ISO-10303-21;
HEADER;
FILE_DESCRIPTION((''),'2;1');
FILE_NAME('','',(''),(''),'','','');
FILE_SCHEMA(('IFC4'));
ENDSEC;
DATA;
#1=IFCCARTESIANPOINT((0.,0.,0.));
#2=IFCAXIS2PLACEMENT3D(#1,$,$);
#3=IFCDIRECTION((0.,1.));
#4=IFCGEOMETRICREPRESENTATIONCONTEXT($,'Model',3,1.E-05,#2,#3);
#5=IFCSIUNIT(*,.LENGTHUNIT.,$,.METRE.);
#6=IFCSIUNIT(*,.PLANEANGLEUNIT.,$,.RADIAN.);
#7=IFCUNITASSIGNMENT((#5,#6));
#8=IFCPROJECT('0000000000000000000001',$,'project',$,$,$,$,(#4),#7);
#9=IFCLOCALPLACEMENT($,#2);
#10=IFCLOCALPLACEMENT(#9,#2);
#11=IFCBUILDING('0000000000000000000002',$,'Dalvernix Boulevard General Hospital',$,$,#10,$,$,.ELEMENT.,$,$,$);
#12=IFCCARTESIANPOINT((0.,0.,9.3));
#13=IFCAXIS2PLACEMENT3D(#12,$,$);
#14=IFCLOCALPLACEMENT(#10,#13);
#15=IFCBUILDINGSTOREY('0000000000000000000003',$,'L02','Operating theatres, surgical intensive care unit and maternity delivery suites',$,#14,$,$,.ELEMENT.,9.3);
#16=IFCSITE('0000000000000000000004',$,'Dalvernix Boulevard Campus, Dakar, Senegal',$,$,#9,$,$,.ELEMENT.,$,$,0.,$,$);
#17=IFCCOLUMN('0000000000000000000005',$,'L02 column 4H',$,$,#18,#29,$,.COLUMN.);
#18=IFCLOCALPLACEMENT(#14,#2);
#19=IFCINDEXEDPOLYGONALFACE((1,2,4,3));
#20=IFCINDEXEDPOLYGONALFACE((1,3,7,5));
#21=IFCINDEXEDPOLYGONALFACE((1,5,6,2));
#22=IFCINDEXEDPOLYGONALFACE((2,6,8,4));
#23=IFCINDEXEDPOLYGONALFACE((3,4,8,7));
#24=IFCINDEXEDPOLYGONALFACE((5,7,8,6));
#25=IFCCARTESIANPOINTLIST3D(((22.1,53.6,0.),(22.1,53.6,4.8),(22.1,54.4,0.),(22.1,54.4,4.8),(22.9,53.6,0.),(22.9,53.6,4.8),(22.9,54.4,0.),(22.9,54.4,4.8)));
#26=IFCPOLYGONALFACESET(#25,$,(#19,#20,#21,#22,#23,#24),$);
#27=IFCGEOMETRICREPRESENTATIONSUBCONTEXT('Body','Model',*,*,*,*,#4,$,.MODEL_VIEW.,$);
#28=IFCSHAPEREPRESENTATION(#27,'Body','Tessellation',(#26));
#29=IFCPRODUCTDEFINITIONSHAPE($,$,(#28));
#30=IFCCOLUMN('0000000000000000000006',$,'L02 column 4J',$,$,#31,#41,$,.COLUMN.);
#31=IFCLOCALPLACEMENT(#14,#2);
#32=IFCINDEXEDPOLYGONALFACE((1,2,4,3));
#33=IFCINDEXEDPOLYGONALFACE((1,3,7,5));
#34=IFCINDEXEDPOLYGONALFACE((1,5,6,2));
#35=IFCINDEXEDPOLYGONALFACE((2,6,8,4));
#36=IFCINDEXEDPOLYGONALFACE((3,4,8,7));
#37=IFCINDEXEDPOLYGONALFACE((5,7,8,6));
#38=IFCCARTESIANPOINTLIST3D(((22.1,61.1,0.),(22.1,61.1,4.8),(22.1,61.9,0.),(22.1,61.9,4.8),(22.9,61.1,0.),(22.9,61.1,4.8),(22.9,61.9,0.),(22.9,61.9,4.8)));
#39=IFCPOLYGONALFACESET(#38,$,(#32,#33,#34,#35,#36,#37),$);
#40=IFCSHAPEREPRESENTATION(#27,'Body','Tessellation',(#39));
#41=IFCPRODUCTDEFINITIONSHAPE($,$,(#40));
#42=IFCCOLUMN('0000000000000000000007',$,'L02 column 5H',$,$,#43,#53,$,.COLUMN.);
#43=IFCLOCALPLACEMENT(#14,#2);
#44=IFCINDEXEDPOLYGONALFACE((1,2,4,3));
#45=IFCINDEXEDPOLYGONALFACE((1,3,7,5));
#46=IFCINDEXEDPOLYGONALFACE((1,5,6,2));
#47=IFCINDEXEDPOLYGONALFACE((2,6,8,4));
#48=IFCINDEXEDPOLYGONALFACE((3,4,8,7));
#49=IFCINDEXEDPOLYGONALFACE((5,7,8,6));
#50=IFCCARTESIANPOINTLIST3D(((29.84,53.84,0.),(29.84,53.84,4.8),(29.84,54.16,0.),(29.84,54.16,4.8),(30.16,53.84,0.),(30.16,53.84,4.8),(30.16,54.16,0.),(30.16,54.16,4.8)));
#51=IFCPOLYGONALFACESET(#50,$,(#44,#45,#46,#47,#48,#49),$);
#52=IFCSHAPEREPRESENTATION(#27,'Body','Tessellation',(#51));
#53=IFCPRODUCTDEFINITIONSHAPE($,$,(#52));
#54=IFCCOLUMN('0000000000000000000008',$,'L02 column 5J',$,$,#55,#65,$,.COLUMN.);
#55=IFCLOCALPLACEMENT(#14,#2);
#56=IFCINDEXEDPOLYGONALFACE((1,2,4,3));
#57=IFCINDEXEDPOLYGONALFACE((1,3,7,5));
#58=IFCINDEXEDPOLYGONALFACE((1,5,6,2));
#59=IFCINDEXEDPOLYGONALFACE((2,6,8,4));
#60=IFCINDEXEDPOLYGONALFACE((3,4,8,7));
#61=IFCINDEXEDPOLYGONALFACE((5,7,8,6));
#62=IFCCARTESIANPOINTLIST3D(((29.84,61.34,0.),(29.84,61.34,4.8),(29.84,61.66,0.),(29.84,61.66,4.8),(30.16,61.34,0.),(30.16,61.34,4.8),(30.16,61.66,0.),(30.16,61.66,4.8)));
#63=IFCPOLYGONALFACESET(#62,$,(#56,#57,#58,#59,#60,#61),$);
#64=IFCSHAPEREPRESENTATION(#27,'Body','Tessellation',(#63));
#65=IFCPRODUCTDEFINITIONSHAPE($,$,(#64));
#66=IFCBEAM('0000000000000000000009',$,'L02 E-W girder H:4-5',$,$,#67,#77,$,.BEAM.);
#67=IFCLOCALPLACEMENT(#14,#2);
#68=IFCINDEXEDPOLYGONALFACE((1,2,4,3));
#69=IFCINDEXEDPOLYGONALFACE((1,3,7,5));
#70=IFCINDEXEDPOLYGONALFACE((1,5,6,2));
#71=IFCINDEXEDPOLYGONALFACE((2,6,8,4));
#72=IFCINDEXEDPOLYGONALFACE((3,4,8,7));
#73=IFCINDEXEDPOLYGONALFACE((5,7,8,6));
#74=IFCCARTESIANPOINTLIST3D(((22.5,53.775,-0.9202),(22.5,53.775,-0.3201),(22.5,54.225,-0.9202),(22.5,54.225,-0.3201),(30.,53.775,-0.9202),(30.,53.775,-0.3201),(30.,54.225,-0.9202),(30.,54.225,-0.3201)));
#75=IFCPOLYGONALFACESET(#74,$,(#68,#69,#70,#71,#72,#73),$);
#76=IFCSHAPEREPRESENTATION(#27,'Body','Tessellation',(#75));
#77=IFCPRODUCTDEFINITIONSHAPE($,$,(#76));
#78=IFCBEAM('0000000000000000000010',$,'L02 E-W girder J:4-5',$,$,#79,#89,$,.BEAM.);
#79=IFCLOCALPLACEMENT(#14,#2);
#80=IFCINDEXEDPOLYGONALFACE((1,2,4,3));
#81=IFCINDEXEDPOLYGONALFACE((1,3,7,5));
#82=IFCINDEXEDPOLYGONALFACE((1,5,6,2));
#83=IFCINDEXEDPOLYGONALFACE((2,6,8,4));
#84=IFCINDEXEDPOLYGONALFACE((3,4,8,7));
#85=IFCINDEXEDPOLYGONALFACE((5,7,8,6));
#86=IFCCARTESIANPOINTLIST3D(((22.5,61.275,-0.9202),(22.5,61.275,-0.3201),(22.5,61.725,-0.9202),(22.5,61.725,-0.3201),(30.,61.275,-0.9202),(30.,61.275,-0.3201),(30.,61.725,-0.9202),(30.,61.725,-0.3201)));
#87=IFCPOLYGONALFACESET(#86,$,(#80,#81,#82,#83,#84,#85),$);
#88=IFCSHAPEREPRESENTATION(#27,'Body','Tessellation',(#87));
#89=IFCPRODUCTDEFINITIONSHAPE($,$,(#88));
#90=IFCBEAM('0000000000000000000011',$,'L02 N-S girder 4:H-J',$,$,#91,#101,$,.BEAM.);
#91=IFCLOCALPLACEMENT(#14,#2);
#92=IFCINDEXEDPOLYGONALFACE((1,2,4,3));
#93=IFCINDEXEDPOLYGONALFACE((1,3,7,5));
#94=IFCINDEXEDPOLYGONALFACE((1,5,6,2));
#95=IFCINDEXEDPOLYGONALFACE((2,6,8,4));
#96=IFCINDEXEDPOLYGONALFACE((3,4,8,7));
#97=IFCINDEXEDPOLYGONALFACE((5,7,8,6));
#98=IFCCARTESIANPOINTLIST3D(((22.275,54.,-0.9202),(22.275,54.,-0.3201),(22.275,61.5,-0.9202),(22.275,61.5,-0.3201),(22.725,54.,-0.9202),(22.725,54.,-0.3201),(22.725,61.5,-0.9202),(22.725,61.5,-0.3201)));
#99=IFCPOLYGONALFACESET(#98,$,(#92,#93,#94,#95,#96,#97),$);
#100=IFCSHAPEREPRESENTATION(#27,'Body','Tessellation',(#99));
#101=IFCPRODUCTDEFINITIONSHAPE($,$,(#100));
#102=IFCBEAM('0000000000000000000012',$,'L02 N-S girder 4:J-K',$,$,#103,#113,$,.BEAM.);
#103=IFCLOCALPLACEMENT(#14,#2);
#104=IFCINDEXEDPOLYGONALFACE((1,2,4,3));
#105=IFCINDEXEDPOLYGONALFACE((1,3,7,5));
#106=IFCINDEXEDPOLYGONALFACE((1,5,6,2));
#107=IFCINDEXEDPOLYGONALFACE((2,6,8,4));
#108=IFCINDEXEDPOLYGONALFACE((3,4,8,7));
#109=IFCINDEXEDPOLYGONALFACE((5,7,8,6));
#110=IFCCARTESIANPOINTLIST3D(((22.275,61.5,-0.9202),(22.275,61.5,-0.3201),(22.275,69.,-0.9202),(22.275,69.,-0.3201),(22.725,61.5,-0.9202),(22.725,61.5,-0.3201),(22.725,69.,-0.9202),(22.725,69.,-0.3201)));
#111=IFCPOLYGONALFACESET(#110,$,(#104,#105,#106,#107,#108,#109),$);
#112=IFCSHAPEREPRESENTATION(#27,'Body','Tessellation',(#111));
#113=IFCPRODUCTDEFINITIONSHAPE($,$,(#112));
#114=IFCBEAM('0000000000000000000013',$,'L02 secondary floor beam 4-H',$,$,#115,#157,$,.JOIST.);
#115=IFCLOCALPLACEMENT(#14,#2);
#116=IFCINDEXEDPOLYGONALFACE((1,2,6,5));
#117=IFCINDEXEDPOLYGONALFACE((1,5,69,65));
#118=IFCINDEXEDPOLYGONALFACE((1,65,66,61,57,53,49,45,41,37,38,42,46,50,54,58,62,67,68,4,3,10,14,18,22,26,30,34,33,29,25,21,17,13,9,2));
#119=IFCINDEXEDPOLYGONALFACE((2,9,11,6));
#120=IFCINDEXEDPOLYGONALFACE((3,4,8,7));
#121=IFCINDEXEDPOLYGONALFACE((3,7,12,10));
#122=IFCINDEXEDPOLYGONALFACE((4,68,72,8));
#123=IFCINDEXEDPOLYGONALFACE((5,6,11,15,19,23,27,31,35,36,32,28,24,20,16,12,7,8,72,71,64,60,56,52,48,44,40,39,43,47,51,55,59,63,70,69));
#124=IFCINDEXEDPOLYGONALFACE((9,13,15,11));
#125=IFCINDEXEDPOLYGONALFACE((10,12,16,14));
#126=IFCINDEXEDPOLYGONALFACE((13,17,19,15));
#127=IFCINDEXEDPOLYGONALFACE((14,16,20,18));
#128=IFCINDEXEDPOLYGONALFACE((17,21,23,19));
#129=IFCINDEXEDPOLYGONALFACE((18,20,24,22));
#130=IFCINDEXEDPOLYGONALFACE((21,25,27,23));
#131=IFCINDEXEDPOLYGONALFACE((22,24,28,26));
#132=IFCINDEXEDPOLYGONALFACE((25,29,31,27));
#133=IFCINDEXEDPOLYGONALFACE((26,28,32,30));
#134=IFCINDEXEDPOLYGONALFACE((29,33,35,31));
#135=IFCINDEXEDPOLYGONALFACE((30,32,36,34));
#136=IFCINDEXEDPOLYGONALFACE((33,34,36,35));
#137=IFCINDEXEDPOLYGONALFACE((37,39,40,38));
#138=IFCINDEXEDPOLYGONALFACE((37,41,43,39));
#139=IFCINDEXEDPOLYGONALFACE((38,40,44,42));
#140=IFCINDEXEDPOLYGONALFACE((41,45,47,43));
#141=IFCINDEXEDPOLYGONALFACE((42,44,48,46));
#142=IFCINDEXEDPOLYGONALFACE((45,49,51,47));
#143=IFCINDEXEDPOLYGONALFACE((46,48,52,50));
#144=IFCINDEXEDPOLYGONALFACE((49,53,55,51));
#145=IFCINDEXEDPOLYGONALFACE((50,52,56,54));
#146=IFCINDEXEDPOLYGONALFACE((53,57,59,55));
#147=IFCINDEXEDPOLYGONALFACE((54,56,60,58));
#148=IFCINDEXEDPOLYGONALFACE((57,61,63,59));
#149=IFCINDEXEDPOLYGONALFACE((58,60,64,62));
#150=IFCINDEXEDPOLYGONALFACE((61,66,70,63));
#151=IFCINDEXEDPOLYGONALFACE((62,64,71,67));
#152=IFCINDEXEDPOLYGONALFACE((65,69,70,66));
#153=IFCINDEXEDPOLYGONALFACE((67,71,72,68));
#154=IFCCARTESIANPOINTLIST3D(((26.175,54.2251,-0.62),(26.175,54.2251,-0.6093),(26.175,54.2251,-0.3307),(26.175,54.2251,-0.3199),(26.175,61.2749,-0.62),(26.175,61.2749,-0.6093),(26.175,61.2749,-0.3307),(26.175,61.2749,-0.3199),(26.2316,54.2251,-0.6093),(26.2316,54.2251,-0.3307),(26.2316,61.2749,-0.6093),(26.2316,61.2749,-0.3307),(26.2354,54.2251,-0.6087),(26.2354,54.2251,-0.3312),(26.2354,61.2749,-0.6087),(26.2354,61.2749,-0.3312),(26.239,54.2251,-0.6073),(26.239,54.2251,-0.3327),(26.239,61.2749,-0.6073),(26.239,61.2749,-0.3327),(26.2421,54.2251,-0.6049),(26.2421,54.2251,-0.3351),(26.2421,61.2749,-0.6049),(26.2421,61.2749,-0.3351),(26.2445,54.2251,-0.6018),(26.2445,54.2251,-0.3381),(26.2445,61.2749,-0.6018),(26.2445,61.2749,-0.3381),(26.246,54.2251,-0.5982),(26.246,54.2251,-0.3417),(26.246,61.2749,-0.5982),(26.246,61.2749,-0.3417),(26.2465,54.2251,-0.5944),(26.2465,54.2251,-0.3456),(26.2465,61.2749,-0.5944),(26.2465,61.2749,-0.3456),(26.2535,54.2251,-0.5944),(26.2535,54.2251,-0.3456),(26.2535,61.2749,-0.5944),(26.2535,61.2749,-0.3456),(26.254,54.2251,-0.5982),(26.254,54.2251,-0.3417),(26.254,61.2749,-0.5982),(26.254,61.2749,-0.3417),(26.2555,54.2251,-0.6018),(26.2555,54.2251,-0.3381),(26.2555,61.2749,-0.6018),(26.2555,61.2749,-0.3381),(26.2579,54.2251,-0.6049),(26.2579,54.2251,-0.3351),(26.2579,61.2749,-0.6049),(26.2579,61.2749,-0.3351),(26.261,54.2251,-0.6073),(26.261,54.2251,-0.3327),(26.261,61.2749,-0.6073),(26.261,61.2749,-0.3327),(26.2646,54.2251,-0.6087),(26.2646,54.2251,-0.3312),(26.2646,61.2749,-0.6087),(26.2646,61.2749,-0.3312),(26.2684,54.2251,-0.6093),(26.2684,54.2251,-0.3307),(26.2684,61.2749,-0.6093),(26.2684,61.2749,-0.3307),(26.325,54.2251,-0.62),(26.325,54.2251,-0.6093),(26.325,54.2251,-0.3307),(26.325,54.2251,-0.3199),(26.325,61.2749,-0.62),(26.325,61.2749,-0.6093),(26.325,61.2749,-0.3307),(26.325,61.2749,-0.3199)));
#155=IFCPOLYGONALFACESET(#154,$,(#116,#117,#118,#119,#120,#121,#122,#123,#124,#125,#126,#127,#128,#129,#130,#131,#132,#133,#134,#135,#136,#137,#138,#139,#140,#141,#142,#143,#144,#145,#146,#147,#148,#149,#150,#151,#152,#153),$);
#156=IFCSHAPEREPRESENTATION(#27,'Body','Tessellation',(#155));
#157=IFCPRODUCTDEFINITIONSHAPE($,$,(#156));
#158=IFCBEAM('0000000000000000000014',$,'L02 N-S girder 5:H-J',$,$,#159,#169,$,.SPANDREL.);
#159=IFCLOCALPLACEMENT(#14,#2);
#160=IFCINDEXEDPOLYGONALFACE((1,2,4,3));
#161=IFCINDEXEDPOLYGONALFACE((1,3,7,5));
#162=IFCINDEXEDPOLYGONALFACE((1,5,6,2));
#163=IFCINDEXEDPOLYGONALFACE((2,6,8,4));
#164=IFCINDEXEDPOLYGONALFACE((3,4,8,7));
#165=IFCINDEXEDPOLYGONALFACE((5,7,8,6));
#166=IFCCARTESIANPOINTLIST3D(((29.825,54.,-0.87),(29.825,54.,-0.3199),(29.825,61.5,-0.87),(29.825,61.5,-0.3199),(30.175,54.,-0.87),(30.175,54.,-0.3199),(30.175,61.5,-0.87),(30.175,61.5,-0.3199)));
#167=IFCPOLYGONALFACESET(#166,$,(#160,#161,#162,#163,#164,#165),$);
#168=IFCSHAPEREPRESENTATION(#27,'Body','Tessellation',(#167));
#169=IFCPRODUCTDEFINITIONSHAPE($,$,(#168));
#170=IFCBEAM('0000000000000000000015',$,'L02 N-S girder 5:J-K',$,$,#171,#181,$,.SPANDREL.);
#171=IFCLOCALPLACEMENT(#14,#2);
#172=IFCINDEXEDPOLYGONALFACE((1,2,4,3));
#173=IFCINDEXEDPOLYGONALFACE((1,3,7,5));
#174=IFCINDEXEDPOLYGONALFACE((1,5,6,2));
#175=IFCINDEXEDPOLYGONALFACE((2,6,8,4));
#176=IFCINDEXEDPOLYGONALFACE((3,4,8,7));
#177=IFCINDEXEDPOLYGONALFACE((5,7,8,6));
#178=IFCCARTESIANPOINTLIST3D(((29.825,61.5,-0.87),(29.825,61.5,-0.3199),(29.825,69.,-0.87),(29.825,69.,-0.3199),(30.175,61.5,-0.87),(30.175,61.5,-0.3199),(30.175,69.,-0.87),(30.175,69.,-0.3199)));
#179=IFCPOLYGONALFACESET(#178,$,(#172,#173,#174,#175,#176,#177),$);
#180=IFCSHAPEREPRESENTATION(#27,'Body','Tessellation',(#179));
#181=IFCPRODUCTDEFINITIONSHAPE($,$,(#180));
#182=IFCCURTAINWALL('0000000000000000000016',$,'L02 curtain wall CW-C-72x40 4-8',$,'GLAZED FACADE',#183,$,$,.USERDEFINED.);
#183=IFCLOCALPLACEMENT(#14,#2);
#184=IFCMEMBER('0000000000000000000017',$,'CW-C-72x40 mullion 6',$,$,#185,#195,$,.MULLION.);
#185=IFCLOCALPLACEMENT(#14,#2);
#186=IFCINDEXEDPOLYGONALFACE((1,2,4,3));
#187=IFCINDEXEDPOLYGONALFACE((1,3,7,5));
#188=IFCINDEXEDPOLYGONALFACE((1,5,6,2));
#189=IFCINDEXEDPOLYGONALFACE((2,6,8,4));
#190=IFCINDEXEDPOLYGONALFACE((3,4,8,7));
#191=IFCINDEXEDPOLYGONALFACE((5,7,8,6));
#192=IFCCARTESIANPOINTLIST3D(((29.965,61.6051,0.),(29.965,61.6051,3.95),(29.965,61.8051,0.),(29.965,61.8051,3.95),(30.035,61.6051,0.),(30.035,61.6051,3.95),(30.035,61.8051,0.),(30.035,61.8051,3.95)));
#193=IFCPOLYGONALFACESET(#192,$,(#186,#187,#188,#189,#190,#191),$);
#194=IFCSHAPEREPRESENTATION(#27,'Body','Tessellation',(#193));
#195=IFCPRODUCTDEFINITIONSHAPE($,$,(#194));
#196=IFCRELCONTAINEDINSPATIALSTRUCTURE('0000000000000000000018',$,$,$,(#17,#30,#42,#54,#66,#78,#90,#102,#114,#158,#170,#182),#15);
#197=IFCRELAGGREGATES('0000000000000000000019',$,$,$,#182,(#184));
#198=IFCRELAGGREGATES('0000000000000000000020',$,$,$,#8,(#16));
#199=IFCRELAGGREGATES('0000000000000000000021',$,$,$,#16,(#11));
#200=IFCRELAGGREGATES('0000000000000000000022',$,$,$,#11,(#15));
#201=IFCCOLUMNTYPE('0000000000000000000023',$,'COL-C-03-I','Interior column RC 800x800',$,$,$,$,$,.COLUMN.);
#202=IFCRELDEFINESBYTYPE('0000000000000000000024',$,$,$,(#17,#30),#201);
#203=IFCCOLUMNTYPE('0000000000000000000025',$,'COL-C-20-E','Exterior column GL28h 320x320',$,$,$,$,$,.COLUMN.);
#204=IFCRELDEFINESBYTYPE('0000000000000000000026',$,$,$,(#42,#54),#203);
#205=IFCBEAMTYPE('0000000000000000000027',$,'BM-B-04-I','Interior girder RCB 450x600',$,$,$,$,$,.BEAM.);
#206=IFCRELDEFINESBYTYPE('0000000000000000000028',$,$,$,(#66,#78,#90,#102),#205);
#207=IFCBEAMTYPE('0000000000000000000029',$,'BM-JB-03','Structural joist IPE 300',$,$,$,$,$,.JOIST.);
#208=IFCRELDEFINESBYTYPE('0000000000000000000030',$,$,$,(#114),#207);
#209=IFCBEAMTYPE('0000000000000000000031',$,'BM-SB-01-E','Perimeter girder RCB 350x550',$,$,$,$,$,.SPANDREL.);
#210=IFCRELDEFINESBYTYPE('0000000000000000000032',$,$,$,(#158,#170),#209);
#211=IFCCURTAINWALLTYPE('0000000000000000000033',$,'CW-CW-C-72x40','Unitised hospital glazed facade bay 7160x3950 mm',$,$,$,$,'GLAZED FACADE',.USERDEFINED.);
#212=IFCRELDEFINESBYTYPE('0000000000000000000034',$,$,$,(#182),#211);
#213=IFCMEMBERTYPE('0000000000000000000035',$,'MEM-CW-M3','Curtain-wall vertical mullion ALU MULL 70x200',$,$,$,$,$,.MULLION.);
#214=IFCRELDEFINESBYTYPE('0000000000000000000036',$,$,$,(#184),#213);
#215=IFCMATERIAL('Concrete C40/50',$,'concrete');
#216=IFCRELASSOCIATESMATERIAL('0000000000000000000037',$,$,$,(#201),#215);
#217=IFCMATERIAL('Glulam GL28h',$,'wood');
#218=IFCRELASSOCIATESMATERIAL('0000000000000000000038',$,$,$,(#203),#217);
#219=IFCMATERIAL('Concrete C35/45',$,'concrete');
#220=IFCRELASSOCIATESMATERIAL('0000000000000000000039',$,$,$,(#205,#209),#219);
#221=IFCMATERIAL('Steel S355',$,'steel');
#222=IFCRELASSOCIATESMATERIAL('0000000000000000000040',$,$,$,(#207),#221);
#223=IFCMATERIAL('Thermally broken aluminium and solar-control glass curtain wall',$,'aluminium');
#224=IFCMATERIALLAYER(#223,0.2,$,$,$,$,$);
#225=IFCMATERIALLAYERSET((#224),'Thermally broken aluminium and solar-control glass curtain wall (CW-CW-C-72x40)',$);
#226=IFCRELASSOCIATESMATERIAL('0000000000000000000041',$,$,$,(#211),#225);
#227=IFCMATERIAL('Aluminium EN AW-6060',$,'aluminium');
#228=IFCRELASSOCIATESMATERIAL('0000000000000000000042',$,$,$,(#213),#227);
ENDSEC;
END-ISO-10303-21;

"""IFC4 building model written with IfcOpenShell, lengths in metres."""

from ifc_helpers import new_model, si_unit, direction, frame, origin, origin_2d, place, context, subcontext, project, spatial, rectangle, i_section, extrude, material, layer, layer_set, material_profile, profile_set, type_object, element, aggregate, save


model = new_model("IFC4")

# Units and contexts
model_context = context("Model", 3, precision=1e-05, world=origin(), true_north=direction((0.0, 1.0)))
body_context = subcontext(model_context, "Body", "Model", "MODEL_VIEW")
ifc_project = project(units=[si_unit("LENGTHUNIT", "METRE"), si_unit("PLANEANGLEUNIT", "RADIAN")], contexts=[model_context])

# Site, building, storey
site_placement = place(None, origin())
site = spatial("IfcSite", under=ifc_project, at=site_placement, Name="Dalvernix Boulevard Campus, Dakar, Senegal", CompositionType="ELEMENT", RefElevation=0.0)
building_placement = place(site_placement, origin())
building = spatial("IfcBuilding", under=site, at=building_placement, Name="Dalvernix Boulevard General Hospital", CompositionType="ELEMENT")
storey_placement = place(building_placement, frame((0.0, 0.0, 9.3)))
storey = spatial("IfcBuildingStorey", under=building, at=storey_placement, Name="L02", Description="Operating theatres, surgical intensive care unit and maternity delivery suites", CompositionType="ELEMENT", Elevation=9.3)

# Columns
ifc_material_1 = material(Name="Concrete C40/50", Category="concrete")
ifc_material_profile_1 = material_profile(ifc_material_1, rectangle(XDim=0.8, YDim=0.8, at=origin_2d()), Name="RC 800x800")
ifc_profile_set_1 = profile_set([ifc_material_profile_1], Name="Concrete C40/50")
column_type_1 = type_object("IfcColumnType", Name="COL-C-03-I", Description="Interior column RC 800x800", PredefinedType="COLUMN", material=ifc_profile_set_1)
for number, where, z_axis, x_axis, name in (
    (1, (22.5, 54.0, 0.0), (0.0, 0.0, 1.0), (1.0, 0.0, 0.0), "L02 column 4H"),
    (2, (22.5, 61.5, 0.0), (0.0, 0.0, 1.0), (1.0, 0.0, 0.0), "L02 column 4J"),
):
    element("IfcColumn", number, at=place(storey_placement, frame(where, z_axis=z_axis, x_axis=x_axis)), inside=storey, type_object=column_type_1, Name=name, PredefinedType="COLUMN", context=body_context, shape_type="SweptSolid", body=[
        extrude(rectangle(XDim=0.8, YDim=0.8, at=origin_2d()), origin(), (0.0, 0.0, 1.0), 4.8),
    ])
ifc_material_2 = material(Name="Glulam GL28h", Category="wood")
ifc_material_profile_2 = material_profile(ifc_material_2, rectangle(XDim=0.3201, YDim=0.3201, at=origin_2d()), Name="GL28h 320x320")
ifc_profile_set_2 = profile_set([ifc_material_profile_2], Name="Glulam GL28h")
column_type_2 = type_object("IfcColumnType", Name="COL-C-20-E", Description="Exterior column GL28h 320x320", PredefinedType="COLUMN", material=ifc_profile_set_2)
for number, where, z_axis, x_axis, name in (
    (3, (30.0, 54.0, 0.0), (0.0, 0.0, 1.0), (1.0, 0.0, 0.0), "L02 column 5H"),
    (4, (30.0, 61.5, 0.0), (0.0, 0.0, 1.0), (1.0, 0.0, 0.0), "L02 column 5J"),
):
    element("IfcColumn", number, at=place(storey_placement, frame(where, z_axis=z_axis, x_axis=x_axis)), inside=storey, type_object=column_type_2, Name=name, PredefinedType="COLUMN", context=body_context, shape_type="SweptSolid", body=[
        extrude(rectangle(XDim=0.3201, YDim=0.3201, at=origin_2d()), origin(), (0.0, 0.0, 1.0), 4.8),
    ])

# Beams
ifc_material_3 = material(Name="Concrete C35/45", Category="concrete")
ifc_material_profile_3 = material_profile(ifc_material_3, rectangle(XDim=0.45, YDim=0.6001, at=origin_2d()), Name="RCB 450x600")
ifc_profile_set_3 = profile_set([ifc_material_profile_3], Name="Concrete C35/45")
beam_type_1 = type_object("IfcBeamType", Name="BM-B-04-I", Description="Interior girder RCB 450x600", PredefinedType="BEAM", material=ifc_profile_set_3)
for number, where, z_axis, x_axis, name in (
    (5, (22.5, 54.0, -0.6201), (1.0, 0.0, 0.0), (0.0, 1.0, 0.0), "L02 E-W girder H:4-5"),
    (6, (22.5, 61.5, -0.6201), (1.0, 0.0, 0.0), (0.0, 1.0, 0.0), "L02 E-W girder J:4-5"),
    (7, (22.5, 54.0, -0.6201), (0.0, 1.0, 0.0), (-1.0, 0.0, 0.0), "L02 N-S girder 4:H-J"),
    (8, (22.5, 61.5, -0.6201), (0.0, 1.0, 0.0), (-1.0, 0.0, 0.0), "L02 N-S girder 4:J-K"),
):
    element("IfcBeam", number, at=place(storey_placement, frame(where, z_axis=z_axis, x_axis=x_axis)), inside=storey, type_object=beam_type_1, Name=name, PredefinedType="BEAM", context=body_context, shape_type="SweptSolid", body=[
        extrude(rectangle(XDim=0.45, YDim=0.6001, at=origin_2d()), origin(), (0.0, 0.0, 1.0), 7.5),
    ])
ifc_material_4 = material(Name="Steel S355", Category="steel")
ifc_material_profile_4 = material_profile(ifc_material_4, i_section(OverallWidth=0.1499, OverallDepth=0.3, WebThickness=0.0071, FlangeThickness=0.0107, FilletRadius=0.0149, at=origin_2d()), Name="IPE 300")
ifc_profile_set_4 = profile_set([ifc_material_profile_4], Name="Steel S355")
beam_type_2 = type_object("IfcBeamType", Name="BM-JB-03", Description="Structural joist IPE 300", PredefinedType="JOIST", material=ifc_profile_set_4)
beam_placement = place(storey_placement, frame((26.25, 54.2251, -0.47), z_axis=(0.0, 1.0, 0.0), x_axis=(-1.0, 0.0, 0.0)))
element("IfcBeam", 9, at=beam_placement, inside=storey, type_object=beam_type_2, Name="L02 secondary floor beam 4-H", PredefinedType="JOIST", context=body_context, shape_type="SweptSolid", body=[
    extrude(i_section(OverallWidth=0.1499, OverallDepth=0.3, WebThickness=0.0071, FlangeThickness=0.0107, FilletRadius=0.0149, at=origin_2d()), origin(), (0.0, 0.0, 1.0), 7.0498),
])
ifc_material_profile_5 = material_profile(ifc_material_3, rectangle(XDim=0.3501, YDim=0.55, at=origin_2d()), Name="RCB 350x550")
ifc_profile_set_5 = profile_set([ifc_material_profile_5], Name="Concrete C35/45")
beam_type_3 = type_object("IfcBeamType", Name="BM-SB-01-E", Description="Perimeter girder RCB 350x550", PredefinedType="SPANDREL", material=ifc_profile_set_5)
for number, where, z_axis, x_axis, name in (
    (10, (30.0, 54.0, -0.595), (0.0, 1.0, 0.0), (-1.0, 0.0, 0.0), "L02 N-S girder 5:H-J"),
    (11, (30.0, 61.5, -0.595), (0.0, 1.0, 0.0), (-1.0, 0.0, 0.0), "L02 N-S girder 5:J-K"),
):
    element("IfcBeam", number, at=place(storey_placement, frame(where, z_axis=z_axis, x_axis=x_axis)), inside=storey, type_object=beam_type_3, Name=name, PredefinedType="SPANDREL", context=body_context, shape_type="SweptSolid", body=[
        extrude(rectangle(XDim=0.3501, YDim=0.55, at=origin_2d()), origin(), (0.0, 0.0, 1.0), 7.5),
    ])

# Curtain wall, member
ifc_material_5 = material(Name="Thermally broken aluminium and solar-control glass curtain wall", Category="aluminium")
ifc_layer_1 = layer(ifc_material_5, 0.2)
ifc_layer_set_1 = layer_set([ifc_layer_1], Name="Thermally broken aluminium and solar-control glass curtain wall (CW-CW-C-72x40)")
curtain_wall_type = type_object("IfcCurtainWallType", Name="CW-CW-C-72x40", Description="Unitised hospital glazed facade bay 7160x3950 mm", ElementType="GLAZED FACADE", PredefinedType="USERDEFINED", material=ifc_layer_set_1)
curtain_wall_placement = place(storey_placement, origin())
curtain_wall = element("IfcCurtainWall", 12, at=curtain_wall_placement, inside=storey, type_object=curtain_wall_type, Name="L02 curtain wall CW-C-72x40 4-8", ObjectType="GLAZED FACADE", PredefinedType="USERDEFINED")
ifc_material_6 = material(Name="Aluminium EN AW-6060", Category="aluminium")
ifc_material_profile_6 = material_profile(ifc_material_6, rectangle(XDim=0.0701, YDim=0.2, at=origin_2d()), Name="ALU MULL 70x200")
ifc_profile_set_6 = profile_set([ifc_material_profile_6], Name="Aluminium EN AW-6060")
member_type = type_object("IfcMemberType", Name="MEM-CW-M3", Description="Curtain-wall vertical mullion ALU MULL 70x200", PredefinedType="MULLION", material=ifc_profile_set_6)
member_placement = place(storey_placement, frame((30.0, 61.7051, 0.0), z_axis=(0.0, 0.0, 1.0), x_axis=(1.0, 0.0, 0.0)))
member = element("IfcMember", 13, at=member_placement, type_object=member_type, Name="CW-C-72x40 mullion 6", PredefinedType="MULLION", context=body_context, shape_type="SweptSolid", body=[
    extrude(rectangle(XDim=0.0701, YDim=0.2, at=origin_2d()), origin(), (0.0, 0.0, 1.0), 3.95),
])
aggregate(curtain_wall, [member])

save(model, "model.ifc")
